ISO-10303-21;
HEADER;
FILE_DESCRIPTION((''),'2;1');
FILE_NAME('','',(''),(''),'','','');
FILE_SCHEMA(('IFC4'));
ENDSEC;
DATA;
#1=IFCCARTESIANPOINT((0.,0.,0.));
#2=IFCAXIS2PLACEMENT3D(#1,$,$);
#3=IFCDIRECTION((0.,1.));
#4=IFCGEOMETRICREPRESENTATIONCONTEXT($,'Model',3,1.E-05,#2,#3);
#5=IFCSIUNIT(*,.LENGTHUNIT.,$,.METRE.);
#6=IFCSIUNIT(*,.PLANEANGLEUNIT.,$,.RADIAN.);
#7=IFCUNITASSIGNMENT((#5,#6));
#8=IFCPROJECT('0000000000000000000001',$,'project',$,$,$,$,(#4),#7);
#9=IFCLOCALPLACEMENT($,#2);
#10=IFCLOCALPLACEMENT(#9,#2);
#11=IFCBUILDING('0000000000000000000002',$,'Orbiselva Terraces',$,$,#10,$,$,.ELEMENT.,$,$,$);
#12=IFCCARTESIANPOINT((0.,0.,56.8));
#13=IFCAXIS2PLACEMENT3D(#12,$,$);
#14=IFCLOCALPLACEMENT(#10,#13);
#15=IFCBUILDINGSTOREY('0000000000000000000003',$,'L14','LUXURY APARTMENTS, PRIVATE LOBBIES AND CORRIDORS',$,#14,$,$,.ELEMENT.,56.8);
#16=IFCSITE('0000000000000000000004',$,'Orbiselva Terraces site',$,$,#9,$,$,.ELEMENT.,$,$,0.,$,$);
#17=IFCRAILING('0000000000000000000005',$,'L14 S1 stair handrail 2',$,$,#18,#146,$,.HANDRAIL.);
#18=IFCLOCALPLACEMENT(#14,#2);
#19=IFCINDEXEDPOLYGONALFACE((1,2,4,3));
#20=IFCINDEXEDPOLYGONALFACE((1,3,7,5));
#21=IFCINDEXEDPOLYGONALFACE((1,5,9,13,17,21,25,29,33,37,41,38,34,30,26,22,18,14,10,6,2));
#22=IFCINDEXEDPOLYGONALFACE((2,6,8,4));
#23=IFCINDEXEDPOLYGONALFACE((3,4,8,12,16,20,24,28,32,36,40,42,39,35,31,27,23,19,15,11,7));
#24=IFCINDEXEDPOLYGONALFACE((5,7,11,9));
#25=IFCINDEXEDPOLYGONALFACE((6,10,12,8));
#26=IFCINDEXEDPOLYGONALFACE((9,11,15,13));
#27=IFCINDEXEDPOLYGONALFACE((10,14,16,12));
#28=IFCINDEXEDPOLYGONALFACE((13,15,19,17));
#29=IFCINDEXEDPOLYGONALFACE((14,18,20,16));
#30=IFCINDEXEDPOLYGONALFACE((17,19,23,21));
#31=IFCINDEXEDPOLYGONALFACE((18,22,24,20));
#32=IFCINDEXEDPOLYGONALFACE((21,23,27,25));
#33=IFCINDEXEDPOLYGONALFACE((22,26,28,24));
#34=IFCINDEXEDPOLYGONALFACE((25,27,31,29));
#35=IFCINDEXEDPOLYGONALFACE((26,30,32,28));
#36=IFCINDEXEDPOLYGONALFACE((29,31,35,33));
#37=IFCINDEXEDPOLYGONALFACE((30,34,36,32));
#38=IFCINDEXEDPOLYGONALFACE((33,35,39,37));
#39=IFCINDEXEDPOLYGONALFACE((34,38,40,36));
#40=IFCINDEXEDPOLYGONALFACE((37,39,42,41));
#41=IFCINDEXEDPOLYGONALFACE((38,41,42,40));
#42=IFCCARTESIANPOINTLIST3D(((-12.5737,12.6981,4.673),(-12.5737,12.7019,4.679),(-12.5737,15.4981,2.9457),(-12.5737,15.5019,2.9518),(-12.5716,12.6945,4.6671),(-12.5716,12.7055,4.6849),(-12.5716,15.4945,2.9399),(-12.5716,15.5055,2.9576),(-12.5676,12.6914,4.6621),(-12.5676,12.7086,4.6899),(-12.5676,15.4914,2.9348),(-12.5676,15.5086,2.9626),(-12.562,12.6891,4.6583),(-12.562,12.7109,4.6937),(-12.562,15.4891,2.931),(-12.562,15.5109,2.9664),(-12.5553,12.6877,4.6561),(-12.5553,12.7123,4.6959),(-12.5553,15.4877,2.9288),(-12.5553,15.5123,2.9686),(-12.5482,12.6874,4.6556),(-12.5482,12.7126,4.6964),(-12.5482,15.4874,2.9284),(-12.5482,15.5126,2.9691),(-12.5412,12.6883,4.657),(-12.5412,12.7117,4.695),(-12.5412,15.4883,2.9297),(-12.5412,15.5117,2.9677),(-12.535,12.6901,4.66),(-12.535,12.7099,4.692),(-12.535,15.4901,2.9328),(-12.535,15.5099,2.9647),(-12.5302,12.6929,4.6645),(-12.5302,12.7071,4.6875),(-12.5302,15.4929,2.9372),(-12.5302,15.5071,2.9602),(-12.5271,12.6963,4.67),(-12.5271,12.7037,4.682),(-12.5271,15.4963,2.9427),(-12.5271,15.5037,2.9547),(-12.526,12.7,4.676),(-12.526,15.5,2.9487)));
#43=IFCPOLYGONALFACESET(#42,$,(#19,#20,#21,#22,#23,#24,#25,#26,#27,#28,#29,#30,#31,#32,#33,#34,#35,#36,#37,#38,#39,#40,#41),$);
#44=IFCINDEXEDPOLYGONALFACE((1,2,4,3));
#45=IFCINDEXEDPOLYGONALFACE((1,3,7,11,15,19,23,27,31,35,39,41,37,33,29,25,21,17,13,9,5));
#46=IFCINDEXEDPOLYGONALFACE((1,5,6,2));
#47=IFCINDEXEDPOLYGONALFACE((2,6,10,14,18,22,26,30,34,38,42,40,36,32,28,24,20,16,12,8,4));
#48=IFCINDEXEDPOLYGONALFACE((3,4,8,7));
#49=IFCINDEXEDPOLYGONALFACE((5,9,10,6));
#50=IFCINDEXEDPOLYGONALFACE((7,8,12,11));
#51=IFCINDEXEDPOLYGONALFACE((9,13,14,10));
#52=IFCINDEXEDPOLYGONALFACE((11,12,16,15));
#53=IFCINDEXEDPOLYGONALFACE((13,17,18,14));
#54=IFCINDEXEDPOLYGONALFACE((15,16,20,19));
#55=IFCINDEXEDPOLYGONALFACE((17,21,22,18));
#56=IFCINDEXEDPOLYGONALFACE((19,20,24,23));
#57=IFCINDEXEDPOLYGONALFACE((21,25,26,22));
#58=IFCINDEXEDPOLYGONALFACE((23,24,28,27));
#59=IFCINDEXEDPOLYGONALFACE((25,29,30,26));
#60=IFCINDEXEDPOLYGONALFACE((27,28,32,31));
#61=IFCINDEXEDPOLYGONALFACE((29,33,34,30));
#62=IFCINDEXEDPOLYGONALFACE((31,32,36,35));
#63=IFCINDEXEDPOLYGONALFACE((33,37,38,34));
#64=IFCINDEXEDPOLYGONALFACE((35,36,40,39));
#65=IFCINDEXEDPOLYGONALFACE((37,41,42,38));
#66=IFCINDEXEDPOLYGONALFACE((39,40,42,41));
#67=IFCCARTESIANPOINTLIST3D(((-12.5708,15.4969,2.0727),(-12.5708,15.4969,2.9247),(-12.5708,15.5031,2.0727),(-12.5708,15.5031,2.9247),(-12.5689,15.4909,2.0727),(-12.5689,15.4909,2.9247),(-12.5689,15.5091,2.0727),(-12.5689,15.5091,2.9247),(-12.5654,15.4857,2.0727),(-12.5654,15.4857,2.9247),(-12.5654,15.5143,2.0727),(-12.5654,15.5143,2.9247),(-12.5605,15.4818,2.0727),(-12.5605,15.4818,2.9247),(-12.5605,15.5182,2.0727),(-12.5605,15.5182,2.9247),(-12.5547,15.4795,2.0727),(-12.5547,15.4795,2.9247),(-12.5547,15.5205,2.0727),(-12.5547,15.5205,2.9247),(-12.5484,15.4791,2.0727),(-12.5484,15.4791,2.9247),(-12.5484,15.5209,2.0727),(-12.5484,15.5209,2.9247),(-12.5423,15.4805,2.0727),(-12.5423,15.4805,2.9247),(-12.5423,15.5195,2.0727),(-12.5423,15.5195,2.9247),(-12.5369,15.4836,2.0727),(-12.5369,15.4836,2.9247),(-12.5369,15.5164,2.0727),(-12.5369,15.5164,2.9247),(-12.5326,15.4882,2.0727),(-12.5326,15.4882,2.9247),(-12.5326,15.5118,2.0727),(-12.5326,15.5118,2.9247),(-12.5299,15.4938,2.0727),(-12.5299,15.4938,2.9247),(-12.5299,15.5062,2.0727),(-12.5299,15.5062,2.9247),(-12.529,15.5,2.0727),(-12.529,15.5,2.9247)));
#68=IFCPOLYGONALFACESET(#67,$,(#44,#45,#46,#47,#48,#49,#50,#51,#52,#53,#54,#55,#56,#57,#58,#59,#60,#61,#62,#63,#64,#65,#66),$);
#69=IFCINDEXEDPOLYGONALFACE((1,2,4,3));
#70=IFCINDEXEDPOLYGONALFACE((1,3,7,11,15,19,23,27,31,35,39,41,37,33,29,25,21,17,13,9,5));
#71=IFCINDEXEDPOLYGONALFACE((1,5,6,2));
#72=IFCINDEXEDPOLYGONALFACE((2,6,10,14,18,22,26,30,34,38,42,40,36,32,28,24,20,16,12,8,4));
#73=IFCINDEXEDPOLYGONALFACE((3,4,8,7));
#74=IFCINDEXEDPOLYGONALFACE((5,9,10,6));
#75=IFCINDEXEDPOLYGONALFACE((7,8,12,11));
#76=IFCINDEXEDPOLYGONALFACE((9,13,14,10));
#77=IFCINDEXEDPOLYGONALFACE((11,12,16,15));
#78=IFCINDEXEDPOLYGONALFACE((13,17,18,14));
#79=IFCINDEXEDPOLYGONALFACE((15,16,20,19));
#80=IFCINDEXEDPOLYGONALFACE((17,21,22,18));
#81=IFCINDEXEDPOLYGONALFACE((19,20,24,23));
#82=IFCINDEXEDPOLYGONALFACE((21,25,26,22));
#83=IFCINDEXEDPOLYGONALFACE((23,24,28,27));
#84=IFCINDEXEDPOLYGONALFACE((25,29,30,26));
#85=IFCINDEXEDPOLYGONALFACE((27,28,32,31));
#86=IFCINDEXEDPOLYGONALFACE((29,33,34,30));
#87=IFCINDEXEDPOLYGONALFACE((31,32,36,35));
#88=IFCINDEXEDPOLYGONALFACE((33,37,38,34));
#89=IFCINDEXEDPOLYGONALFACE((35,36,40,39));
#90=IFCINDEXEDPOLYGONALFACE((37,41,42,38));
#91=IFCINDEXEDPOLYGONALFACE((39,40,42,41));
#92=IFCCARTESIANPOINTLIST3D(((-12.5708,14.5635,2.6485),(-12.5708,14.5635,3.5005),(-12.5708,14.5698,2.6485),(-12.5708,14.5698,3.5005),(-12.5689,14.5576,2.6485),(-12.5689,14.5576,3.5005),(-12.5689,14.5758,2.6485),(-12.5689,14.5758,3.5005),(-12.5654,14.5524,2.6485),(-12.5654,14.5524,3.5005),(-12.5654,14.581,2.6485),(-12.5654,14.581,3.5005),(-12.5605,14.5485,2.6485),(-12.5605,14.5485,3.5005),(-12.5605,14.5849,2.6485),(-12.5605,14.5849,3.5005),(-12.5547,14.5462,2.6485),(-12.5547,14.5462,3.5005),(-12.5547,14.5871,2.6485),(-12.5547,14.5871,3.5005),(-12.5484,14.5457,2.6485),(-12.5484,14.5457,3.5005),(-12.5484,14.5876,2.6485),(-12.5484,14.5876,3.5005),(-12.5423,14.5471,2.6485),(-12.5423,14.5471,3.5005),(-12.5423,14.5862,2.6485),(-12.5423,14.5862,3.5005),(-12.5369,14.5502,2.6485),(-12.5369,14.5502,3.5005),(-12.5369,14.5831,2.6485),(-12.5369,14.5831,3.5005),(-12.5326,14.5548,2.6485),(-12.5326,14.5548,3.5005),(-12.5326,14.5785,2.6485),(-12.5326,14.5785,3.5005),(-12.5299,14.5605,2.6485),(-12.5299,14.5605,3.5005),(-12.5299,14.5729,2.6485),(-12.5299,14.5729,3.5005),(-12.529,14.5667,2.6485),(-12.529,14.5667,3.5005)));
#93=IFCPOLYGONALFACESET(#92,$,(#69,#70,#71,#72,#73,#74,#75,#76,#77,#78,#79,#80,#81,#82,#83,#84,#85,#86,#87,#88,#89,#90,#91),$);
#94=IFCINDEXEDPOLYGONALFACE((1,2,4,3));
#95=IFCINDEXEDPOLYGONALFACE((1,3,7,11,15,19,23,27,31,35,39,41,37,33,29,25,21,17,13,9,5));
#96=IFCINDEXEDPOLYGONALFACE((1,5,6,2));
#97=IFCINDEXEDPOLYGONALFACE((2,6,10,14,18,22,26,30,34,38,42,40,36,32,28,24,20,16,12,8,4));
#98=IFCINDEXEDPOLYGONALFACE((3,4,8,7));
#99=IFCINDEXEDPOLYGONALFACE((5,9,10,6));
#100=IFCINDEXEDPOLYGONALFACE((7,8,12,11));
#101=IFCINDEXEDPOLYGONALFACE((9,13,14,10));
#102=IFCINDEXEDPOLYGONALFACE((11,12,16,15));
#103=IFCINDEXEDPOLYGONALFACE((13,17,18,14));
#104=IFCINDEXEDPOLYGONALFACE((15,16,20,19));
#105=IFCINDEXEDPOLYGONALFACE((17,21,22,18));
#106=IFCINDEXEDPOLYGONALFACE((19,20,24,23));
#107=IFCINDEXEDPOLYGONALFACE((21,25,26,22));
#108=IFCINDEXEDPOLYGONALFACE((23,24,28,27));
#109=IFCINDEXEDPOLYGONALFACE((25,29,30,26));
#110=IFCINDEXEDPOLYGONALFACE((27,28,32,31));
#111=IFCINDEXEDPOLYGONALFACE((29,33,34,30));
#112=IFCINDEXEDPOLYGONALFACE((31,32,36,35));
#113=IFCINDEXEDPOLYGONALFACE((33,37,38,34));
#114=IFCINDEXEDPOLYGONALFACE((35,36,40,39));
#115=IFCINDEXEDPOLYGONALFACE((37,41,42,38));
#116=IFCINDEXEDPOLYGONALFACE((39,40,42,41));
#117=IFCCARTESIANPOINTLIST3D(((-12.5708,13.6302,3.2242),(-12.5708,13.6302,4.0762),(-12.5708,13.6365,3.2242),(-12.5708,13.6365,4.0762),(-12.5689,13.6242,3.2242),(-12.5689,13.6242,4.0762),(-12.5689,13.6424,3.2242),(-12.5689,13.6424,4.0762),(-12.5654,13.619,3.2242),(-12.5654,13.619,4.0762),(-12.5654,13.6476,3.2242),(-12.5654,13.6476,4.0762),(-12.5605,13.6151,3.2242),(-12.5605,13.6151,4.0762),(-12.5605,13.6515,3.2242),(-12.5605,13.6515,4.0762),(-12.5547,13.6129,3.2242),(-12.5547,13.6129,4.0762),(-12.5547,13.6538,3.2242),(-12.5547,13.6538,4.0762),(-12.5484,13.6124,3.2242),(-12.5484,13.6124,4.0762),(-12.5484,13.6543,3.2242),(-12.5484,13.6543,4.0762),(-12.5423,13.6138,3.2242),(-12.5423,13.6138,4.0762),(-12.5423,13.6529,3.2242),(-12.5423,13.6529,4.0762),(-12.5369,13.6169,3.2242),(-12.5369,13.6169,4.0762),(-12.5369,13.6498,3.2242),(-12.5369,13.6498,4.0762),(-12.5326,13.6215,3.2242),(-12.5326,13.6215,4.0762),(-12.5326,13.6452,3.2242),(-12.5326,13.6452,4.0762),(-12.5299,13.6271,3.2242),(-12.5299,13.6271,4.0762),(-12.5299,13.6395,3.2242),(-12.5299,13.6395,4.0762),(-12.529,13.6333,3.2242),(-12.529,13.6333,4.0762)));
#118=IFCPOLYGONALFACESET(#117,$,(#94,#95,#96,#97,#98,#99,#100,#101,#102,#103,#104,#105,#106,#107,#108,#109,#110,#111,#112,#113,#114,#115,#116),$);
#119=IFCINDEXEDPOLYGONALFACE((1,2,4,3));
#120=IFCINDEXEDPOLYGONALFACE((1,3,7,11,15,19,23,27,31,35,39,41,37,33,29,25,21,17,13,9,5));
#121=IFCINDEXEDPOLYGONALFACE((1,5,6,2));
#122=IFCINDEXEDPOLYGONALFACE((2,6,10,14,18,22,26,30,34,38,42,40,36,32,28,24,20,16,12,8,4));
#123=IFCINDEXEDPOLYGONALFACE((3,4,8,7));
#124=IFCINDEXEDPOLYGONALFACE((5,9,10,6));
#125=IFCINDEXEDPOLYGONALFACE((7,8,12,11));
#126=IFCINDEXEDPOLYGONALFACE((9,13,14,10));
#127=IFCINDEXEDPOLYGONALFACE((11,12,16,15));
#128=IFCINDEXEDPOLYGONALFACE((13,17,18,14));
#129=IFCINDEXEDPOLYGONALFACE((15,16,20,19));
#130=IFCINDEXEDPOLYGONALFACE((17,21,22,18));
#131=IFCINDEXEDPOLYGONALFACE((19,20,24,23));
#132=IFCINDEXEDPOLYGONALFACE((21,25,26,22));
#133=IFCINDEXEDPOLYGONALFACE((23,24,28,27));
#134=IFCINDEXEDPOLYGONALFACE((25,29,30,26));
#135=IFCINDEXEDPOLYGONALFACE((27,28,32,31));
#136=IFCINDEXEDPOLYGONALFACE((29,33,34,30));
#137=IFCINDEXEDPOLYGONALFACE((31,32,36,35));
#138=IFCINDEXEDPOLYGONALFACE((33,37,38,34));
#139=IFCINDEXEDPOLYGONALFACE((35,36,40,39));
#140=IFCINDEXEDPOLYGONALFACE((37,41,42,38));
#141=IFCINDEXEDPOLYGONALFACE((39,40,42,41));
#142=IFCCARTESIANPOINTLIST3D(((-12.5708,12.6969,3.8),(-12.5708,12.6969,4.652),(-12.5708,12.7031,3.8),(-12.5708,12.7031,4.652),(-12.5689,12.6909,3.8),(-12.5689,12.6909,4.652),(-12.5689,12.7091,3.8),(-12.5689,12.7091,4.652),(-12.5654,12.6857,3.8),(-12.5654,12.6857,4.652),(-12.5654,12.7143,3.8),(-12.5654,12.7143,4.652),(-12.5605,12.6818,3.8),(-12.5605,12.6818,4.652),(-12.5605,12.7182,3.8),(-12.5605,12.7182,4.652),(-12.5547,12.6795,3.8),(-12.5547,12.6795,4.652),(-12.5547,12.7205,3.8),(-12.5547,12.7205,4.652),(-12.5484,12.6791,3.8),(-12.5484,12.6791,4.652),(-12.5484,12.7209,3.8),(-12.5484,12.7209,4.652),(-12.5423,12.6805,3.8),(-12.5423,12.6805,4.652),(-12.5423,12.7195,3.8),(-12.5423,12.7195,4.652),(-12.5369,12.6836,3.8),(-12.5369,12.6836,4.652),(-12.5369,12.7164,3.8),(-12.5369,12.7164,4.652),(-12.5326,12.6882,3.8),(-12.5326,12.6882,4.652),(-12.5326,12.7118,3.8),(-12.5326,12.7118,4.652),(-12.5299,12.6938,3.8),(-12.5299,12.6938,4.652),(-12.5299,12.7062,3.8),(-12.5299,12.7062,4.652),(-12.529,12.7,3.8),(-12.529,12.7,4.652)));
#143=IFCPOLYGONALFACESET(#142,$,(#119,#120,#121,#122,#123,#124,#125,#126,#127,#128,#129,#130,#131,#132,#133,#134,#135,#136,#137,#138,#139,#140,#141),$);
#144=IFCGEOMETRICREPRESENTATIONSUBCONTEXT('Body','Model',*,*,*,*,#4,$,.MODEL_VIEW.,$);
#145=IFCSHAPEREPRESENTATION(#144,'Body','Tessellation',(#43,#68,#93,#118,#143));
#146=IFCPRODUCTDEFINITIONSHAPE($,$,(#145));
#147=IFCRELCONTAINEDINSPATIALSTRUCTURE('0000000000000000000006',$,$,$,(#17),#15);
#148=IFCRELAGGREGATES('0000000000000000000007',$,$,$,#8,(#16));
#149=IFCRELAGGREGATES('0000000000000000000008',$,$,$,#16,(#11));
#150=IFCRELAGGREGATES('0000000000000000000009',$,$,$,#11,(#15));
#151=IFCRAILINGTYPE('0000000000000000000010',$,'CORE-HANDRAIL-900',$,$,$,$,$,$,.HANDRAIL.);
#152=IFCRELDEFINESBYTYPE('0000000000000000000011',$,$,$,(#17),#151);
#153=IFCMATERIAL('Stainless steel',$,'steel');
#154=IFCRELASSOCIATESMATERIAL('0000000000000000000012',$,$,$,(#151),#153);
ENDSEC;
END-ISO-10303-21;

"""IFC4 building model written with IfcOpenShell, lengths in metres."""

from ifc_helpers import new_model, si_unit, direction, frame, origin, origin_2d, place, context, subcontext, project, spatial, circle, extrude, material, type_object, element, save


model = new_model("IFC4")

# Units and contexts
model_context = context("Model", 3, precision=1e-05, world=origin(), true_north=direction((0.0, 1.0)))
body_context = subcontext(model_context, "Body", "Model", "MODEL_VIEW")
ifc_project = project(units=[si_unit("LENGTHUNIT", "METRE"), si_unit("PLANEANGLEUNIT", "RADIAN")], contexts=[model_context])

# Site, building, storey
site_placement = place(None, origin())
site = spatial("IfcSite", under=ifc_project, at=site_placement, Name="Orbiselva Terraces site", CompositionType="ELEMENT", RefElevation=0.0)
building_placement = place(site_placement, origin())
building = spatial("IfcBuilding", under=site, at=building_placement, Name="Orbiselva Terraces", CompositionType="ELEMENT")
storey_placement = place(building_placement, frame((0.0, 0.0, 56.8)))
storey = spatial("IfcBuildingStorey", under=building, at=storey_placement, Name="L14", Description="LUXURY APARTMENTS, PRIVATE LOBBIES AND CORRIDORS", CompositionType="ELEMENT", Elevation=56.8)

# Railing
ifc_material_1 = material(Name="Stainless steel", Category="steel")
railing_type = type_object("IfcRailingType", Name="CORE-HANDRAIL-900", PredefinedType="HANDRAIL", material=ifc_material_1)
railing_1_placement = place(storey_placement, frame((-12.55, 15.5, 2.0727)))
element("IfcRailing", 1, at=railing_1_placement, inside=storey, type_object=railing_type, Name="L14 S1 stair handrail 2", PredefinedType="HANDRAIL", context=body_context, shape_type="SweptSolid", body=[
    extrude(circle(Radius=0.024, at=origin_2d()), frame((0.0, 0.0, 0.876), z_axis=(0.0, -0.851089, 0.525022), x_axis=(1.0, 0.0, 0.0)), (0.0, 0.0, 1.0), 3.2899),
    extrude(circle(Radius=0.021, at=origin_2d()), origin(), (0.0, 0.0, 1.0), 0.852),
    extrude(circle(Radius=0.021, at=origin_2d()), frame((0.0, -0.9333, 0.5758)), (0.0, 0.0, 1.0), 0.852),
    extrude(circle(Radius=0.021, at=origin_2d()), frame((0.0, -1.8667, 1.1515)), (0.0, 0.0, 1.0), 0.852),
    extrude(circle(Radius=0.021, at=origin_2d()), frame((0.0, -2.8, 1.7273)), (0.0, 0.0, 1.0), 0.852),
])

save(model, "model.ifc")
